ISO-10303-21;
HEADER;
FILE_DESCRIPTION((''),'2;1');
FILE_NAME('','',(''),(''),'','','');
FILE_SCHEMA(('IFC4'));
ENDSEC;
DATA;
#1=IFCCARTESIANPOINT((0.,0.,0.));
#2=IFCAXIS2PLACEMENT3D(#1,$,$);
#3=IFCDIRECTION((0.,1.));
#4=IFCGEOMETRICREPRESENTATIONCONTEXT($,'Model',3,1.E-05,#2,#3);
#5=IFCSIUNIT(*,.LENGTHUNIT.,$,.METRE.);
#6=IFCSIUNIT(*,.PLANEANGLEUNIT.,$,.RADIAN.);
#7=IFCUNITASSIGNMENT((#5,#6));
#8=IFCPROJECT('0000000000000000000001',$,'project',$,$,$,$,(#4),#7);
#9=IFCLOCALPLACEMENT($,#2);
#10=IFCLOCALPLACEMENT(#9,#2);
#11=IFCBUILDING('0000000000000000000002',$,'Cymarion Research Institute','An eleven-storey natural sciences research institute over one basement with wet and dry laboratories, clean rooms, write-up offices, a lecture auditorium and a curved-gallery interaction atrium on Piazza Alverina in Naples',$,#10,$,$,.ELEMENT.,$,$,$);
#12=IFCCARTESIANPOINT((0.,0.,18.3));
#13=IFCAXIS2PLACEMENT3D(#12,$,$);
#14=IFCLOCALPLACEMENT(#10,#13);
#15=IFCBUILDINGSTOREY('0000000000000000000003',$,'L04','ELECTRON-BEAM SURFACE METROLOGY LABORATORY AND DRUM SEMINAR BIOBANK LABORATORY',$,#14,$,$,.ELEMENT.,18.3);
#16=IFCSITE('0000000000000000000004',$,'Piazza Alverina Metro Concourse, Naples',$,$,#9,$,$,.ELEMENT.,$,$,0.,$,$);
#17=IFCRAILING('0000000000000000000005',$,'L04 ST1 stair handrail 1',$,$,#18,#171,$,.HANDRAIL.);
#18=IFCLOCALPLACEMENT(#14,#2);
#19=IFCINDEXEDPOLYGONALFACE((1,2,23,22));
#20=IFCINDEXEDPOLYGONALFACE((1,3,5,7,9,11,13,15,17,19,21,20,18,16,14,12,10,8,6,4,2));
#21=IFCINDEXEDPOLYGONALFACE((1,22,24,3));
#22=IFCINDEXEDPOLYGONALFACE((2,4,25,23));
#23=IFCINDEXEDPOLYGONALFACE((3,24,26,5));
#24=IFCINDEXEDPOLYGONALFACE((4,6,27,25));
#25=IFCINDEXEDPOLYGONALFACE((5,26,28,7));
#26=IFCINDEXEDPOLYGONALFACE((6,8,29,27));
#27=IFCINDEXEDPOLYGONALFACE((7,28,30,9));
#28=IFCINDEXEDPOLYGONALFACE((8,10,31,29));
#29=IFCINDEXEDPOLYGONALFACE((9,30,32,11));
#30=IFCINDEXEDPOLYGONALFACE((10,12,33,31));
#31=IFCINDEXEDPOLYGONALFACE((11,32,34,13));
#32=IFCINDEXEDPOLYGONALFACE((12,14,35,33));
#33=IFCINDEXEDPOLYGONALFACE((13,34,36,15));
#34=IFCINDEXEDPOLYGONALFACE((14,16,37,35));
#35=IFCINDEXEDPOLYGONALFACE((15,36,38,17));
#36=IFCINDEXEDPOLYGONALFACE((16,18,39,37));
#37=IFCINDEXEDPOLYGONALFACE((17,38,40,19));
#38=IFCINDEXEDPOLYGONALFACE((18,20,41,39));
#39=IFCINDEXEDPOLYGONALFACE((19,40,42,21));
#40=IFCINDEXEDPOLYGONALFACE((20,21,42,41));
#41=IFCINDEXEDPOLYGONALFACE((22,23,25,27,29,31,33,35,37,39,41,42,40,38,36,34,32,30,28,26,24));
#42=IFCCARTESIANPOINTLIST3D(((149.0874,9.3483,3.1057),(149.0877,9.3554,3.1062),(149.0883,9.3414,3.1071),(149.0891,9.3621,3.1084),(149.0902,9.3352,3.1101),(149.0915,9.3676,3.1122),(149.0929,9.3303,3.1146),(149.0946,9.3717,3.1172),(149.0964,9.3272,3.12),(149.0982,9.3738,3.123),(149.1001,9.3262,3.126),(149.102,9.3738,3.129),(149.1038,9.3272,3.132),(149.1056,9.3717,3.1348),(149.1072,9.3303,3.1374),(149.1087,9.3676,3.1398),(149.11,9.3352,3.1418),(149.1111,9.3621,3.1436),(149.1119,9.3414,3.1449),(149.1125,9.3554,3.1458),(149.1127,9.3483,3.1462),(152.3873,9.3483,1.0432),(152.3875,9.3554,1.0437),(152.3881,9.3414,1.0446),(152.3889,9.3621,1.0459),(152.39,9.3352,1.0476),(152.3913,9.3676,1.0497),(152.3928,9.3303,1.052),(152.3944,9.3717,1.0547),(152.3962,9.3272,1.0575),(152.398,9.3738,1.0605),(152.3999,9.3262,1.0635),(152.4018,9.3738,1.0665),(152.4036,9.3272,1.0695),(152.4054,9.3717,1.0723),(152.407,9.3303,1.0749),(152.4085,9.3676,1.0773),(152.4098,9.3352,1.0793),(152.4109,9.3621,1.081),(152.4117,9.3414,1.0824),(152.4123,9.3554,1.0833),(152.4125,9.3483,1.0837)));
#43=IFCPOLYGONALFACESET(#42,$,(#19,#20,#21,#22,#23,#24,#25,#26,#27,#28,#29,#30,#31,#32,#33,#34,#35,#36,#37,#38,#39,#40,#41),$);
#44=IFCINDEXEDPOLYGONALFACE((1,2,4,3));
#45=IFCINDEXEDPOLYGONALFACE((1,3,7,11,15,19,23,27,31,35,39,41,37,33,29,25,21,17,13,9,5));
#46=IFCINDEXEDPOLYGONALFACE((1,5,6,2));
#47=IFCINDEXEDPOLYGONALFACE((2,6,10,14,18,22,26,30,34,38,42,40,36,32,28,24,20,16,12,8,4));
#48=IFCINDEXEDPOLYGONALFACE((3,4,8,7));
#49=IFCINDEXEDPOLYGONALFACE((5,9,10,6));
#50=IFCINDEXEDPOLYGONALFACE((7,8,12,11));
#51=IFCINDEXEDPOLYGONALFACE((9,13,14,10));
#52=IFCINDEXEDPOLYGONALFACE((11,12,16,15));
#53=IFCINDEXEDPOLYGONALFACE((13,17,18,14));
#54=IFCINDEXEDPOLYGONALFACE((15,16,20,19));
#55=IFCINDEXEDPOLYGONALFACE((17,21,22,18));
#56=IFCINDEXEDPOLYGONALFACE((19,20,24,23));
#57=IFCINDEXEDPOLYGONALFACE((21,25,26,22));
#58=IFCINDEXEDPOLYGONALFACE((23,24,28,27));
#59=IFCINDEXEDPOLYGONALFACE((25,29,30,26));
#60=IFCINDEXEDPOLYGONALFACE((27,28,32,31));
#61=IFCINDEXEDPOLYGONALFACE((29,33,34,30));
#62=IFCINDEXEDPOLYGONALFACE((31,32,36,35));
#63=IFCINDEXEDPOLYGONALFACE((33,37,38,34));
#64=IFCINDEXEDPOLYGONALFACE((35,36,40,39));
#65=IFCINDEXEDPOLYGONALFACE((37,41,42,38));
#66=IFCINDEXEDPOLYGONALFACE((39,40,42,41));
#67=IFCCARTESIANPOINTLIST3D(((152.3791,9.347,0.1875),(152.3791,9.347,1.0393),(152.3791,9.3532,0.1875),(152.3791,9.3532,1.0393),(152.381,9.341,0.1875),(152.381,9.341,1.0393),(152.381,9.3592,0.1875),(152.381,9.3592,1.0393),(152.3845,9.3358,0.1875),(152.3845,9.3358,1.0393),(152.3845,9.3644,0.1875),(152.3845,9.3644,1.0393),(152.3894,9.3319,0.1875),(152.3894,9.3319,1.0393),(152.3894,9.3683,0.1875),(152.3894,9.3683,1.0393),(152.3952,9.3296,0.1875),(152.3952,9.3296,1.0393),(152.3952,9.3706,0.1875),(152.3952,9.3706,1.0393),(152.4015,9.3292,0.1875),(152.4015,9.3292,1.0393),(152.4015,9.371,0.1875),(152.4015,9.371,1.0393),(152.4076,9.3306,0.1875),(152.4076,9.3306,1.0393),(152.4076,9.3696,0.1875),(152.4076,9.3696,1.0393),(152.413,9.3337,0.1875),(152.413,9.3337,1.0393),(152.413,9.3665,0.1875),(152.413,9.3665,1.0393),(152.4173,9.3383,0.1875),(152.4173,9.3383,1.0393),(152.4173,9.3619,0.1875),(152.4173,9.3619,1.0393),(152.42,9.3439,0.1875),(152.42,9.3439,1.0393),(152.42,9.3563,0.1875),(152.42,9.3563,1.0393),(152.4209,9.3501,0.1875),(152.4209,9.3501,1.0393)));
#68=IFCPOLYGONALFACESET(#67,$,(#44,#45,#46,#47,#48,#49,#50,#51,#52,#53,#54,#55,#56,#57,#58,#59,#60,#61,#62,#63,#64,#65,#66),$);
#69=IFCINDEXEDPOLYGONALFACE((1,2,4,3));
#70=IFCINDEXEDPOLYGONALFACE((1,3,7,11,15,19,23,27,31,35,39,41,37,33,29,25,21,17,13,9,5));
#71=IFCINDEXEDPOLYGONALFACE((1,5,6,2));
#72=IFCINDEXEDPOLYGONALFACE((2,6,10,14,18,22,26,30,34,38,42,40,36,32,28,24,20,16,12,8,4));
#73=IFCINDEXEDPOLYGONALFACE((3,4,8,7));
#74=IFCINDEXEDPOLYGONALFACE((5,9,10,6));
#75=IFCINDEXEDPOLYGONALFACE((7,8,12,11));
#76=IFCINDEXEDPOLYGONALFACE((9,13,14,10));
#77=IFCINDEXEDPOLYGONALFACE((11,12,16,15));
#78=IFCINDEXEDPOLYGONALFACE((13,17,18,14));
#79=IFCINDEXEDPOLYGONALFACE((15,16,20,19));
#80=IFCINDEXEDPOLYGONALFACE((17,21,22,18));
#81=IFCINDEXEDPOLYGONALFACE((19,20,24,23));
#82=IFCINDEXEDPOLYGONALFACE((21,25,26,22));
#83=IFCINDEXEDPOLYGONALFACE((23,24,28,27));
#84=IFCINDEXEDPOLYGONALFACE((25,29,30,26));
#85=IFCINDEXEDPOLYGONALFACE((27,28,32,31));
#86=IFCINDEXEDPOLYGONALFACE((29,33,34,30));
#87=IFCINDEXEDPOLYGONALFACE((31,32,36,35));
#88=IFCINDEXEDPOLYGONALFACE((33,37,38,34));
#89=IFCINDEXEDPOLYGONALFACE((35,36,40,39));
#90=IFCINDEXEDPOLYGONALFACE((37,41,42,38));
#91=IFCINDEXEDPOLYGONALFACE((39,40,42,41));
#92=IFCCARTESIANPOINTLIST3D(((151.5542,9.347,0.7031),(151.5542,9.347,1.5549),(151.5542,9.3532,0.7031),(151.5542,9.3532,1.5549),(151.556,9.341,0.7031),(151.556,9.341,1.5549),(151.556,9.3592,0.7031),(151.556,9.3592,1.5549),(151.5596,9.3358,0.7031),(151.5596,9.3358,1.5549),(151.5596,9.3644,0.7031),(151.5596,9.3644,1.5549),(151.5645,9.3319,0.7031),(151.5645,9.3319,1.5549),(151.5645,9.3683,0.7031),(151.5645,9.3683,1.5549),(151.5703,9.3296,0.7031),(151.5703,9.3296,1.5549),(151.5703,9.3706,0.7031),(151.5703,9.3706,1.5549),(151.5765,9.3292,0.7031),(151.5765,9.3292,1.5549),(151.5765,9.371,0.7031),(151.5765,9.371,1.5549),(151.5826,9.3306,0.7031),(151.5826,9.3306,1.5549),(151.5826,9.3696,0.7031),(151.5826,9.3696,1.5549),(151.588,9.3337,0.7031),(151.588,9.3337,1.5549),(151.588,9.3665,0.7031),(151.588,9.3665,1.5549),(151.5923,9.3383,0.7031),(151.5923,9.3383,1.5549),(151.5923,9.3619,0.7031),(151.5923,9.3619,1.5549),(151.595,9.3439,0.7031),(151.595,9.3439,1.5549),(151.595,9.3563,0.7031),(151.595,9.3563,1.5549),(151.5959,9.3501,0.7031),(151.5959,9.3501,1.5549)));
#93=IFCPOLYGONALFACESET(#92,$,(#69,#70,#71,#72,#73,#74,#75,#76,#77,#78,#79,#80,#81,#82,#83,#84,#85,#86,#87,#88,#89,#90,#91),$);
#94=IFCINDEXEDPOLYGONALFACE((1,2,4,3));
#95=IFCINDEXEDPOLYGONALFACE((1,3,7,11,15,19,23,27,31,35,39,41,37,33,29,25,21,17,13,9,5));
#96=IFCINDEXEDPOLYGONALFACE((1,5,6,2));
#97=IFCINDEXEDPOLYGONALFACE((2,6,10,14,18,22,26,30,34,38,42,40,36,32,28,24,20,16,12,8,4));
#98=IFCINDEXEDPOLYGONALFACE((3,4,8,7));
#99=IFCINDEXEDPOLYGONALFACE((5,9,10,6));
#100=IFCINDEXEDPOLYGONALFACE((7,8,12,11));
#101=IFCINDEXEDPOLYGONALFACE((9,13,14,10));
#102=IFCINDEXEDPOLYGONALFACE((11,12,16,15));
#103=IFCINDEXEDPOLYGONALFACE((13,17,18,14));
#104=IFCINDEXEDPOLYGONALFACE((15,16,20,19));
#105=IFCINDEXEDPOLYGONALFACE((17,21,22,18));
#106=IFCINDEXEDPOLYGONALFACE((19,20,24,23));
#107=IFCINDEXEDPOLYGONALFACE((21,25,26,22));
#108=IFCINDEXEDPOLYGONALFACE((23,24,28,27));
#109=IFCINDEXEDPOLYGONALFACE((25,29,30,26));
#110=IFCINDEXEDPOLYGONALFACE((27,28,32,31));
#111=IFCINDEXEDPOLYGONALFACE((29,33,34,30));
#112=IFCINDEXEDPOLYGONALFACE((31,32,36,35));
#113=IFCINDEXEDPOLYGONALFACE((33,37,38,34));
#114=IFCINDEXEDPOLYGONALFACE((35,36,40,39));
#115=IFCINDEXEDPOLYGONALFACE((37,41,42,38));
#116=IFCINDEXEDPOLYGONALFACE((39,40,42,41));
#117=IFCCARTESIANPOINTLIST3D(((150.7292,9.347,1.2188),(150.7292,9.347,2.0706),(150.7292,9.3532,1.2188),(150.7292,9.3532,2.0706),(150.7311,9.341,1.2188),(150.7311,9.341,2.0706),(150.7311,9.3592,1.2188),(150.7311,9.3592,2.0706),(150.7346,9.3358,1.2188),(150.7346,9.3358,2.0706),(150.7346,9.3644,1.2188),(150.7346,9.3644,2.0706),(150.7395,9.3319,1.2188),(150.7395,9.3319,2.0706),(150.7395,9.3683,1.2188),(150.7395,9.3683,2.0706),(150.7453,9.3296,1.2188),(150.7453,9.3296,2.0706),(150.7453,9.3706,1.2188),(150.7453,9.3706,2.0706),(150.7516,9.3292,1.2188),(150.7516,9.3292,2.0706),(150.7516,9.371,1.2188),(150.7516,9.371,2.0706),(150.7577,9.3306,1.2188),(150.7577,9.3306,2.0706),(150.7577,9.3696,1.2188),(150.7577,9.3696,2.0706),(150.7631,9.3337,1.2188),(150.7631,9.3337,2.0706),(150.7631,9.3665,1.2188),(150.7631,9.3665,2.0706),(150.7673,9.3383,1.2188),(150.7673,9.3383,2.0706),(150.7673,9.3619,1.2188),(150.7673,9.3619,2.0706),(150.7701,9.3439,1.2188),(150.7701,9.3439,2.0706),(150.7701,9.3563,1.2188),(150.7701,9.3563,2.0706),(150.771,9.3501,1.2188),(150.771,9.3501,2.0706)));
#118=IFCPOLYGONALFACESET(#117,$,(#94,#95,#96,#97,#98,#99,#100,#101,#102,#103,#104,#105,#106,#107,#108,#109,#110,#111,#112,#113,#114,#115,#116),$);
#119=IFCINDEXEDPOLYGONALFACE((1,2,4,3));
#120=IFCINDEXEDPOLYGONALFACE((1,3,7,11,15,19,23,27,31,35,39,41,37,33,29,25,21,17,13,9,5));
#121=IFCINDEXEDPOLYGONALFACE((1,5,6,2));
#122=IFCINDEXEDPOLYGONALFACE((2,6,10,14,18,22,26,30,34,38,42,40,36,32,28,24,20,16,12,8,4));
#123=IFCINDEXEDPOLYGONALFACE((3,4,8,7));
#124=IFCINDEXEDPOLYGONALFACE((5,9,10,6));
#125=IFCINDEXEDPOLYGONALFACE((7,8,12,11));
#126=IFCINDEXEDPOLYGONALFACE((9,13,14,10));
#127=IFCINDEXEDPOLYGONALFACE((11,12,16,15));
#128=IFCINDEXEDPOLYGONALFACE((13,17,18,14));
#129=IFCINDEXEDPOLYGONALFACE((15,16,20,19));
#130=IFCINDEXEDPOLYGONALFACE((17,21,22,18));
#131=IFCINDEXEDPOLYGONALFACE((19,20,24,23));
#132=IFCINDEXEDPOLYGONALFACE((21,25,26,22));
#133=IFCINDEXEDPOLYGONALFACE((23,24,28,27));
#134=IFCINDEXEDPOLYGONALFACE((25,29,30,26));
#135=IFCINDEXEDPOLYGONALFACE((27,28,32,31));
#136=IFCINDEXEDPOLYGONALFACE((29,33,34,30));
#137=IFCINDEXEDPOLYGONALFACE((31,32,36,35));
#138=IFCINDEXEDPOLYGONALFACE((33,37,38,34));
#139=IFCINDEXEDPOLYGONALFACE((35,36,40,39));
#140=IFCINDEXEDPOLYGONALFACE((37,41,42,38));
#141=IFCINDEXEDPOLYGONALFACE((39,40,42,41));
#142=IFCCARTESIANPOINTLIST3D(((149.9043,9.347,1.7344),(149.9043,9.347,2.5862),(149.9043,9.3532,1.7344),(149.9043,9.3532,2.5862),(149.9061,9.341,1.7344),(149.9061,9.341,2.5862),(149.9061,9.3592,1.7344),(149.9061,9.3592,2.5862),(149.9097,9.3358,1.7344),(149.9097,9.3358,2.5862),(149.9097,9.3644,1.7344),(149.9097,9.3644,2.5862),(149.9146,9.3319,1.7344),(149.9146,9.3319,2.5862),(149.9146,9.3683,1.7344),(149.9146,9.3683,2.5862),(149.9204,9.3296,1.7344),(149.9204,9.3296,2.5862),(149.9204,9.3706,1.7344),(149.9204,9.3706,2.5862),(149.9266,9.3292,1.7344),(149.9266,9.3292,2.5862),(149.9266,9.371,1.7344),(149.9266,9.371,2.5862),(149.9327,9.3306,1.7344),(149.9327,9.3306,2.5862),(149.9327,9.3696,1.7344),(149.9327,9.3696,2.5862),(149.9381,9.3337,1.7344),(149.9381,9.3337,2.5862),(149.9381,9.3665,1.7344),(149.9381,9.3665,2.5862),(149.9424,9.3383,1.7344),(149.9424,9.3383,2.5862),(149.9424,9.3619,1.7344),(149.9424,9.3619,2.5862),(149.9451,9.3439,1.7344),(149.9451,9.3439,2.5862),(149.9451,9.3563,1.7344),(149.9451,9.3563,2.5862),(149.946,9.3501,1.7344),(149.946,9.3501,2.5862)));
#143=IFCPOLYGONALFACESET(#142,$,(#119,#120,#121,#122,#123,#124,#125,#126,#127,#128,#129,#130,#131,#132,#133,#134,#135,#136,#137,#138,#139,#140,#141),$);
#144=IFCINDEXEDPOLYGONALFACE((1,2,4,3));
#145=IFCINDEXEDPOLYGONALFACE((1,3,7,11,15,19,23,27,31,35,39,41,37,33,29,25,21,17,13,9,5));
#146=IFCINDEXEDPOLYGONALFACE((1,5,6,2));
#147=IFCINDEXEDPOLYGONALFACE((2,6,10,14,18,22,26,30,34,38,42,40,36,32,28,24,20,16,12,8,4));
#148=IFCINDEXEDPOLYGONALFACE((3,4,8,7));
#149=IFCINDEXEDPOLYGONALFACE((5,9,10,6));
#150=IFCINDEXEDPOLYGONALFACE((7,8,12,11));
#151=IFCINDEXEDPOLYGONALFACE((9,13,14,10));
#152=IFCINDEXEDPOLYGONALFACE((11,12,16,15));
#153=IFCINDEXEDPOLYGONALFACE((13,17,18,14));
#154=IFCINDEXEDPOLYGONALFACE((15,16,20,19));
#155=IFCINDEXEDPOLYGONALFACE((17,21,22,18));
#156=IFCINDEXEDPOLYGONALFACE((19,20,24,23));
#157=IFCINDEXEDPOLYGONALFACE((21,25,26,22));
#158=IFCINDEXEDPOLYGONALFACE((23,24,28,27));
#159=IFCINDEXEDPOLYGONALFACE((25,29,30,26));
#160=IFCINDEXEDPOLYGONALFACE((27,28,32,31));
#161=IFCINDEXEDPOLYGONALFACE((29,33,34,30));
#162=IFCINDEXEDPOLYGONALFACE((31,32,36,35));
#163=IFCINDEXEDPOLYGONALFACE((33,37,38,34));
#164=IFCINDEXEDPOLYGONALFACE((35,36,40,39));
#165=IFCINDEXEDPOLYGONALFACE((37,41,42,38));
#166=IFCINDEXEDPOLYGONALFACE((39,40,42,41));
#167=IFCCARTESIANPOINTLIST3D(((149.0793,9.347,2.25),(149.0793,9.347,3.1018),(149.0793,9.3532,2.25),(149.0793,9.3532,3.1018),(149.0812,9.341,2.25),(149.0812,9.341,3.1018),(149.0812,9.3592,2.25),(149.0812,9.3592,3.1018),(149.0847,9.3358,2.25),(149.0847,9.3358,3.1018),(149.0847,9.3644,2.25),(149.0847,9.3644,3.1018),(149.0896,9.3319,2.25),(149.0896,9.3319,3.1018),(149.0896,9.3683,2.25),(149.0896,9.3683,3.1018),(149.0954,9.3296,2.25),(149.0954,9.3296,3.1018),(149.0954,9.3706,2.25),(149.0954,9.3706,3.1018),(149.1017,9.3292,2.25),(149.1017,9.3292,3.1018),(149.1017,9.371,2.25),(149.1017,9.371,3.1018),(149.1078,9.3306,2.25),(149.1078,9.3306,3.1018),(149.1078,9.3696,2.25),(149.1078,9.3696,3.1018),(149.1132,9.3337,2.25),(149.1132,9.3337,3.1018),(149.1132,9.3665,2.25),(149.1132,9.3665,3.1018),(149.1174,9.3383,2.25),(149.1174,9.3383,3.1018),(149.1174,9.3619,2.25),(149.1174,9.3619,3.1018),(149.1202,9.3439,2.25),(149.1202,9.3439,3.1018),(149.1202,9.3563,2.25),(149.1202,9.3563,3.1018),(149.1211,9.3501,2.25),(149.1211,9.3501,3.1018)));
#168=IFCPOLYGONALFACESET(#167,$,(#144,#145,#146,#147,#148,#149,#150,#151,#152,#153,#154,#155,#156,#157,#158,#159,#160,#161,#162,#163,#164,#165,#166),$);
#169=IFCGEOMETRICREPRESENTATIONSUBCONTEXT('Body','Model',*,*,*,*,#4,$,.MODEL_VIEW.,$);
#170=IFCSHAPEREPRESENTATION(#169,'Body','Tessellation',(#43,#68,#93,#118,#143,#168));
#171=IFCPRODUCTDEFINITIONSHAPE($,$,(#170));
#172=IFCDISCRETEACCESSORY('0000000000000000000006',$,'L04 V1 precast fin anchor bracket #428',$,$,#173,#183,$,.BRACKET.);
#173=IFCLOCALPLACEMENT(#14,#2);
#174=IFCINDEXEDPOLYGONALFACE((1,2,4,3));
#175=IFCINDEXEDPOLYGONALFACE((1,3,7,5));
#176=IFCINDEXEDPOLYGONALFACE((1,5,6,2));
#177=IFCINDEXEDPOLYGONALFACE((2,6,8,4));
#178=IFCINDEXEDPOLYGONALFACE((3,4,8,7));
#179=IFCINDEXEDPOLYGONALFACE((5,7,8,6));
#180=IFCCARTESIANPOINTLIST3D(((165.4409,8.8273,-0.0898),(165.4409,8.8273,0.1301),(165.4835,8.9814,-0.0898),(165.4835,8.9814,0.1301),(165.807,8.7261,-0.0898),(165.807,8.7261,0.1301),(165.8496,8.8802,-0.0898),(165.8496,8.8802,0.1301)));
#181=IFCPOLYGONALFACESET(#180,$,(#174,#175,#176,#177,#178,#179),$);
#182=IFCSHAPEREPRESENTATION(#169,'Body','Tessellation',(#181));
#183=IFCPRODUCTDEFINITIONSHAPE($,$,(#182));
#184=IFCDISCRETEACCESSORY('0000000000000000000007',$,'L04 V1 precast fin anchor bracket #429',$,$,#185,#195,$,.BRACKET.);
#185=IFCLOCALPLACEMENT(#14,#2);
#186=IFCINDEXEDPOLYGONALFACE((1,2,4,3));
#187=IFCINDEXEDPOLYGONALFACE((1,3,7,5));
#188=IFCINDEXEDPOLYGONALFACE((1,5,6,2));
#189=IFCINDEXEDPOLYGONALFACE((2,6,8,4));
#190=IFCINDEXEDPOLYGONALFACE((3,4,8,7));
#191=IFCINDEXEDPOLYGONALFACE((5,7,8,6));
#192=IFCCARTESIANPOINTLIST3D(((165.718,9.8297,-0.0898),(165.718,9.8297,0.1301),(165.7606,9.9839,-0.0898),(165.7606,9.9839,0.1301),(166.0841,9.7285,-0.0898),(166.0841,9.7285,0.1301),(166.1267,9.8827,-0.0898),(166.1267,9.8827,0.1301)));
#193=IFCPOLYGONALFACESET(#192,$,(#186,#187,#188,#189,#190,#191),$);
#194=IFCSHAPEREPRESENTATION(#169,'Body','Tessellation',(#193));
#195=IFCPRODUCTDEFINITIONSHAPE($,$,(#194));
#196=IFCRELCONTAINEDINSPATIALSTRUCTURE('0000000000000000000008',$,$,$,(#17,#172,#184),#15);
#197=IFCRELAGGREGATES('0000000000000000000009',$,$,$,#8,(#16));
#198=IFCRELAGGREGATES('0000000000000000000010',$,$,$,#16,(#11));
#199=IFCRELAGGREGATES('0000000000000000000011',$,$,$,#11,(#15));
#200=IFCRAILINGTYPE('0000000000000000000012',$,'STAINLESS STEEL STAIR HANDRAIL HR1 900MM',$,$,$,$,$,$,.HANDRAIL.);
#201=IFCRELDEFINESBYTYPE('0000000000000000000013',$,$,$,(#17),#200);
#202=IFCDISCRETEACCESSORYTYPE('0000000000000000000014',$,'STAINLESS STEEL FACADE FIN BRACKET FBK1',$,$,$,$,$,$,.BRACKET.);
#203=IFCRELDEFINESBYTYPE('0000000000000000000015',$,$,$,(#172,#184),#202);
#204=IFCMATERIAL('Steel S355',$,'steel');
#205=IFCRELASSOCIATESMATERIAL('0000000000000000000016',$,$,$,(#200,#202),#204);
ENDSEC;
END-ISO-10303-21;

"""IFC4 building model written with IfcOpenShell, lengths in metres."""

from ifc_helpers import new_model, si_unit, direction, frame, origin, origin_2d, place, context, subcontext, project, spatial, rectangle, circle, extrude, material, type_object, element, save


model = new_model("IFC4")

# Units and contexts
model_context = context("Model", 3, precision=1e-05, world=origin(), true_north=direction((0.0, 1.0)))
body_context = subcontext(model_context, "Body", "Model", "MODEL_VIEW")
ifc_project = project(units=[si_unit("LENGTHUNIT", "METRE"), si_unit("PLANEANGLEUNIT", "RADIAN")], contexts=[model_context])

# Site, building, storey
site_placement = place(None, origin())
site = spatial("IfcSite", under=ifc_project, at=site_placement, Name="Piazza Alverina Metro Concourse, Naples", CompositionType="ELEMENT", RefElevation=0.0)
building_placement = place(site_placement, origin())
building = spatial("IfcBuilding", under=site, at=building_placement, Name="Cymarion Research Institute", Description="An eleven-storey natural sciences research institute over one basement with wet and dry laboratories, clean rooms, write-up offices, a lecture auditorium and a curved-gallery interaction atrium on Piazza Alverina in Naples", CompositionType="ELEMENT")
storey_placement = place(building_placement, frame((0.0, 0.0, 18.3)))
storey = spatial("IfcBuildingStorey", under=building, at=storey_placement, Name="L04", Description="ELECTRON-BEAM SURFACE METROLOGY LABORATORY AND DRUM SEMINAR BIOBANK LABORATORY", CompositionType="ELEMENT", Elevation=18.3)

# Shared definitions
ifc_material_1 = material(Name="Steel S355", Category="steel")

# Railing
railing_type = type_object("IfcRailingType", Name="STAINLESS STEEL STAIR HANDRAIL HR1 900MM", PredefinedType="HANDRAIL", material=ifc_material_1)
railing_placement = place(storey_placement, frame((152.3999, 9.3501, 0.1875)))
element("IfcRailing", 1, at=railing_placement, inside=storey, type_object=railing_type, Name="L04 ST1 stair handrail 1", PredefinedType="HANDRAIL", context=body_context, shape_type="SweptSolid", body=[
    extrude(circle(Radius=0.0239, at=origin_2d()), frame((0.0, 0.0, 0.876), z_axis=(-0.847984, 0.0, 0.530021), x_axis=(0.0, -1.0, 0.0)), (0.0, 0.0, 1.0), 3.8914),
    extrude(circle(Radius=0.021, at=origin_2d()), origin(), (0.0, 0.0, 1.0), 0.8518),
    extrude(circle(Radius=0.021, at=origin_2d()), frame((-0.825, 0.0, 0.5156)), (0.0, 0.0, 1.0), 0.8518),
    extrude(circle(Radius=0.021, at=origin_2d()), frame((-1.6499, 0.0, 1.0312)), (0.0, 0.0, 1.0), 0.8518),
    extrude(circle(Radius=0.021, at=origin_2d()), frame((-2.4749, 0.0, 1.5469)), (0.0, 0.0, 1.0), 0.8518),
    extrude(circle(Radius=0.021, at=origin_2d()), frame((-3.2998, 0.0, 2.0625)), (0.0, 0.0, 1.0), 0.8518),
])

# Discrete accessories
discrete_accessory_type = type_object("IfcDiscreteAccessoryType", Name="STAINLESS STEEL FACADE FIN BRACKET FBK1", PredefinedType="BRACKET", material=ifc_material_1)
for number, where, z_axis, x_axis, name in (
    (2, (165.6453, 8.8538, -0.0898), (0.0, 0.0, 1.0), (0.963863, -0.266397, 0.0), "L04 V1 precast fin anchor bracket #428"),
    (3, (165.9224, 9.8562, -0.0898), (0.0, 0.0, 1.0), (0.963863, -0.266397, 0.0), "L04 V1 precast fin anchor bracket #429"),
):
    element("IfcDiscreteAccessory", number, at=place(storey_placement, frame(where, z_axis=z_axis, x_axis=x_axis)), inside=storey, type_object=discrete_accessory_type, Name=name, PredefinedType="BRACKET", context=body_context, shape_type="SweptSolid", body=[
        extrude(rectangle(XDim=0.3799, YDim=0.1599, at=origin_2d()), origin(), (0.0, 0.0, 1.0), 0.22),
    ])

save(model, "model.ifc")
